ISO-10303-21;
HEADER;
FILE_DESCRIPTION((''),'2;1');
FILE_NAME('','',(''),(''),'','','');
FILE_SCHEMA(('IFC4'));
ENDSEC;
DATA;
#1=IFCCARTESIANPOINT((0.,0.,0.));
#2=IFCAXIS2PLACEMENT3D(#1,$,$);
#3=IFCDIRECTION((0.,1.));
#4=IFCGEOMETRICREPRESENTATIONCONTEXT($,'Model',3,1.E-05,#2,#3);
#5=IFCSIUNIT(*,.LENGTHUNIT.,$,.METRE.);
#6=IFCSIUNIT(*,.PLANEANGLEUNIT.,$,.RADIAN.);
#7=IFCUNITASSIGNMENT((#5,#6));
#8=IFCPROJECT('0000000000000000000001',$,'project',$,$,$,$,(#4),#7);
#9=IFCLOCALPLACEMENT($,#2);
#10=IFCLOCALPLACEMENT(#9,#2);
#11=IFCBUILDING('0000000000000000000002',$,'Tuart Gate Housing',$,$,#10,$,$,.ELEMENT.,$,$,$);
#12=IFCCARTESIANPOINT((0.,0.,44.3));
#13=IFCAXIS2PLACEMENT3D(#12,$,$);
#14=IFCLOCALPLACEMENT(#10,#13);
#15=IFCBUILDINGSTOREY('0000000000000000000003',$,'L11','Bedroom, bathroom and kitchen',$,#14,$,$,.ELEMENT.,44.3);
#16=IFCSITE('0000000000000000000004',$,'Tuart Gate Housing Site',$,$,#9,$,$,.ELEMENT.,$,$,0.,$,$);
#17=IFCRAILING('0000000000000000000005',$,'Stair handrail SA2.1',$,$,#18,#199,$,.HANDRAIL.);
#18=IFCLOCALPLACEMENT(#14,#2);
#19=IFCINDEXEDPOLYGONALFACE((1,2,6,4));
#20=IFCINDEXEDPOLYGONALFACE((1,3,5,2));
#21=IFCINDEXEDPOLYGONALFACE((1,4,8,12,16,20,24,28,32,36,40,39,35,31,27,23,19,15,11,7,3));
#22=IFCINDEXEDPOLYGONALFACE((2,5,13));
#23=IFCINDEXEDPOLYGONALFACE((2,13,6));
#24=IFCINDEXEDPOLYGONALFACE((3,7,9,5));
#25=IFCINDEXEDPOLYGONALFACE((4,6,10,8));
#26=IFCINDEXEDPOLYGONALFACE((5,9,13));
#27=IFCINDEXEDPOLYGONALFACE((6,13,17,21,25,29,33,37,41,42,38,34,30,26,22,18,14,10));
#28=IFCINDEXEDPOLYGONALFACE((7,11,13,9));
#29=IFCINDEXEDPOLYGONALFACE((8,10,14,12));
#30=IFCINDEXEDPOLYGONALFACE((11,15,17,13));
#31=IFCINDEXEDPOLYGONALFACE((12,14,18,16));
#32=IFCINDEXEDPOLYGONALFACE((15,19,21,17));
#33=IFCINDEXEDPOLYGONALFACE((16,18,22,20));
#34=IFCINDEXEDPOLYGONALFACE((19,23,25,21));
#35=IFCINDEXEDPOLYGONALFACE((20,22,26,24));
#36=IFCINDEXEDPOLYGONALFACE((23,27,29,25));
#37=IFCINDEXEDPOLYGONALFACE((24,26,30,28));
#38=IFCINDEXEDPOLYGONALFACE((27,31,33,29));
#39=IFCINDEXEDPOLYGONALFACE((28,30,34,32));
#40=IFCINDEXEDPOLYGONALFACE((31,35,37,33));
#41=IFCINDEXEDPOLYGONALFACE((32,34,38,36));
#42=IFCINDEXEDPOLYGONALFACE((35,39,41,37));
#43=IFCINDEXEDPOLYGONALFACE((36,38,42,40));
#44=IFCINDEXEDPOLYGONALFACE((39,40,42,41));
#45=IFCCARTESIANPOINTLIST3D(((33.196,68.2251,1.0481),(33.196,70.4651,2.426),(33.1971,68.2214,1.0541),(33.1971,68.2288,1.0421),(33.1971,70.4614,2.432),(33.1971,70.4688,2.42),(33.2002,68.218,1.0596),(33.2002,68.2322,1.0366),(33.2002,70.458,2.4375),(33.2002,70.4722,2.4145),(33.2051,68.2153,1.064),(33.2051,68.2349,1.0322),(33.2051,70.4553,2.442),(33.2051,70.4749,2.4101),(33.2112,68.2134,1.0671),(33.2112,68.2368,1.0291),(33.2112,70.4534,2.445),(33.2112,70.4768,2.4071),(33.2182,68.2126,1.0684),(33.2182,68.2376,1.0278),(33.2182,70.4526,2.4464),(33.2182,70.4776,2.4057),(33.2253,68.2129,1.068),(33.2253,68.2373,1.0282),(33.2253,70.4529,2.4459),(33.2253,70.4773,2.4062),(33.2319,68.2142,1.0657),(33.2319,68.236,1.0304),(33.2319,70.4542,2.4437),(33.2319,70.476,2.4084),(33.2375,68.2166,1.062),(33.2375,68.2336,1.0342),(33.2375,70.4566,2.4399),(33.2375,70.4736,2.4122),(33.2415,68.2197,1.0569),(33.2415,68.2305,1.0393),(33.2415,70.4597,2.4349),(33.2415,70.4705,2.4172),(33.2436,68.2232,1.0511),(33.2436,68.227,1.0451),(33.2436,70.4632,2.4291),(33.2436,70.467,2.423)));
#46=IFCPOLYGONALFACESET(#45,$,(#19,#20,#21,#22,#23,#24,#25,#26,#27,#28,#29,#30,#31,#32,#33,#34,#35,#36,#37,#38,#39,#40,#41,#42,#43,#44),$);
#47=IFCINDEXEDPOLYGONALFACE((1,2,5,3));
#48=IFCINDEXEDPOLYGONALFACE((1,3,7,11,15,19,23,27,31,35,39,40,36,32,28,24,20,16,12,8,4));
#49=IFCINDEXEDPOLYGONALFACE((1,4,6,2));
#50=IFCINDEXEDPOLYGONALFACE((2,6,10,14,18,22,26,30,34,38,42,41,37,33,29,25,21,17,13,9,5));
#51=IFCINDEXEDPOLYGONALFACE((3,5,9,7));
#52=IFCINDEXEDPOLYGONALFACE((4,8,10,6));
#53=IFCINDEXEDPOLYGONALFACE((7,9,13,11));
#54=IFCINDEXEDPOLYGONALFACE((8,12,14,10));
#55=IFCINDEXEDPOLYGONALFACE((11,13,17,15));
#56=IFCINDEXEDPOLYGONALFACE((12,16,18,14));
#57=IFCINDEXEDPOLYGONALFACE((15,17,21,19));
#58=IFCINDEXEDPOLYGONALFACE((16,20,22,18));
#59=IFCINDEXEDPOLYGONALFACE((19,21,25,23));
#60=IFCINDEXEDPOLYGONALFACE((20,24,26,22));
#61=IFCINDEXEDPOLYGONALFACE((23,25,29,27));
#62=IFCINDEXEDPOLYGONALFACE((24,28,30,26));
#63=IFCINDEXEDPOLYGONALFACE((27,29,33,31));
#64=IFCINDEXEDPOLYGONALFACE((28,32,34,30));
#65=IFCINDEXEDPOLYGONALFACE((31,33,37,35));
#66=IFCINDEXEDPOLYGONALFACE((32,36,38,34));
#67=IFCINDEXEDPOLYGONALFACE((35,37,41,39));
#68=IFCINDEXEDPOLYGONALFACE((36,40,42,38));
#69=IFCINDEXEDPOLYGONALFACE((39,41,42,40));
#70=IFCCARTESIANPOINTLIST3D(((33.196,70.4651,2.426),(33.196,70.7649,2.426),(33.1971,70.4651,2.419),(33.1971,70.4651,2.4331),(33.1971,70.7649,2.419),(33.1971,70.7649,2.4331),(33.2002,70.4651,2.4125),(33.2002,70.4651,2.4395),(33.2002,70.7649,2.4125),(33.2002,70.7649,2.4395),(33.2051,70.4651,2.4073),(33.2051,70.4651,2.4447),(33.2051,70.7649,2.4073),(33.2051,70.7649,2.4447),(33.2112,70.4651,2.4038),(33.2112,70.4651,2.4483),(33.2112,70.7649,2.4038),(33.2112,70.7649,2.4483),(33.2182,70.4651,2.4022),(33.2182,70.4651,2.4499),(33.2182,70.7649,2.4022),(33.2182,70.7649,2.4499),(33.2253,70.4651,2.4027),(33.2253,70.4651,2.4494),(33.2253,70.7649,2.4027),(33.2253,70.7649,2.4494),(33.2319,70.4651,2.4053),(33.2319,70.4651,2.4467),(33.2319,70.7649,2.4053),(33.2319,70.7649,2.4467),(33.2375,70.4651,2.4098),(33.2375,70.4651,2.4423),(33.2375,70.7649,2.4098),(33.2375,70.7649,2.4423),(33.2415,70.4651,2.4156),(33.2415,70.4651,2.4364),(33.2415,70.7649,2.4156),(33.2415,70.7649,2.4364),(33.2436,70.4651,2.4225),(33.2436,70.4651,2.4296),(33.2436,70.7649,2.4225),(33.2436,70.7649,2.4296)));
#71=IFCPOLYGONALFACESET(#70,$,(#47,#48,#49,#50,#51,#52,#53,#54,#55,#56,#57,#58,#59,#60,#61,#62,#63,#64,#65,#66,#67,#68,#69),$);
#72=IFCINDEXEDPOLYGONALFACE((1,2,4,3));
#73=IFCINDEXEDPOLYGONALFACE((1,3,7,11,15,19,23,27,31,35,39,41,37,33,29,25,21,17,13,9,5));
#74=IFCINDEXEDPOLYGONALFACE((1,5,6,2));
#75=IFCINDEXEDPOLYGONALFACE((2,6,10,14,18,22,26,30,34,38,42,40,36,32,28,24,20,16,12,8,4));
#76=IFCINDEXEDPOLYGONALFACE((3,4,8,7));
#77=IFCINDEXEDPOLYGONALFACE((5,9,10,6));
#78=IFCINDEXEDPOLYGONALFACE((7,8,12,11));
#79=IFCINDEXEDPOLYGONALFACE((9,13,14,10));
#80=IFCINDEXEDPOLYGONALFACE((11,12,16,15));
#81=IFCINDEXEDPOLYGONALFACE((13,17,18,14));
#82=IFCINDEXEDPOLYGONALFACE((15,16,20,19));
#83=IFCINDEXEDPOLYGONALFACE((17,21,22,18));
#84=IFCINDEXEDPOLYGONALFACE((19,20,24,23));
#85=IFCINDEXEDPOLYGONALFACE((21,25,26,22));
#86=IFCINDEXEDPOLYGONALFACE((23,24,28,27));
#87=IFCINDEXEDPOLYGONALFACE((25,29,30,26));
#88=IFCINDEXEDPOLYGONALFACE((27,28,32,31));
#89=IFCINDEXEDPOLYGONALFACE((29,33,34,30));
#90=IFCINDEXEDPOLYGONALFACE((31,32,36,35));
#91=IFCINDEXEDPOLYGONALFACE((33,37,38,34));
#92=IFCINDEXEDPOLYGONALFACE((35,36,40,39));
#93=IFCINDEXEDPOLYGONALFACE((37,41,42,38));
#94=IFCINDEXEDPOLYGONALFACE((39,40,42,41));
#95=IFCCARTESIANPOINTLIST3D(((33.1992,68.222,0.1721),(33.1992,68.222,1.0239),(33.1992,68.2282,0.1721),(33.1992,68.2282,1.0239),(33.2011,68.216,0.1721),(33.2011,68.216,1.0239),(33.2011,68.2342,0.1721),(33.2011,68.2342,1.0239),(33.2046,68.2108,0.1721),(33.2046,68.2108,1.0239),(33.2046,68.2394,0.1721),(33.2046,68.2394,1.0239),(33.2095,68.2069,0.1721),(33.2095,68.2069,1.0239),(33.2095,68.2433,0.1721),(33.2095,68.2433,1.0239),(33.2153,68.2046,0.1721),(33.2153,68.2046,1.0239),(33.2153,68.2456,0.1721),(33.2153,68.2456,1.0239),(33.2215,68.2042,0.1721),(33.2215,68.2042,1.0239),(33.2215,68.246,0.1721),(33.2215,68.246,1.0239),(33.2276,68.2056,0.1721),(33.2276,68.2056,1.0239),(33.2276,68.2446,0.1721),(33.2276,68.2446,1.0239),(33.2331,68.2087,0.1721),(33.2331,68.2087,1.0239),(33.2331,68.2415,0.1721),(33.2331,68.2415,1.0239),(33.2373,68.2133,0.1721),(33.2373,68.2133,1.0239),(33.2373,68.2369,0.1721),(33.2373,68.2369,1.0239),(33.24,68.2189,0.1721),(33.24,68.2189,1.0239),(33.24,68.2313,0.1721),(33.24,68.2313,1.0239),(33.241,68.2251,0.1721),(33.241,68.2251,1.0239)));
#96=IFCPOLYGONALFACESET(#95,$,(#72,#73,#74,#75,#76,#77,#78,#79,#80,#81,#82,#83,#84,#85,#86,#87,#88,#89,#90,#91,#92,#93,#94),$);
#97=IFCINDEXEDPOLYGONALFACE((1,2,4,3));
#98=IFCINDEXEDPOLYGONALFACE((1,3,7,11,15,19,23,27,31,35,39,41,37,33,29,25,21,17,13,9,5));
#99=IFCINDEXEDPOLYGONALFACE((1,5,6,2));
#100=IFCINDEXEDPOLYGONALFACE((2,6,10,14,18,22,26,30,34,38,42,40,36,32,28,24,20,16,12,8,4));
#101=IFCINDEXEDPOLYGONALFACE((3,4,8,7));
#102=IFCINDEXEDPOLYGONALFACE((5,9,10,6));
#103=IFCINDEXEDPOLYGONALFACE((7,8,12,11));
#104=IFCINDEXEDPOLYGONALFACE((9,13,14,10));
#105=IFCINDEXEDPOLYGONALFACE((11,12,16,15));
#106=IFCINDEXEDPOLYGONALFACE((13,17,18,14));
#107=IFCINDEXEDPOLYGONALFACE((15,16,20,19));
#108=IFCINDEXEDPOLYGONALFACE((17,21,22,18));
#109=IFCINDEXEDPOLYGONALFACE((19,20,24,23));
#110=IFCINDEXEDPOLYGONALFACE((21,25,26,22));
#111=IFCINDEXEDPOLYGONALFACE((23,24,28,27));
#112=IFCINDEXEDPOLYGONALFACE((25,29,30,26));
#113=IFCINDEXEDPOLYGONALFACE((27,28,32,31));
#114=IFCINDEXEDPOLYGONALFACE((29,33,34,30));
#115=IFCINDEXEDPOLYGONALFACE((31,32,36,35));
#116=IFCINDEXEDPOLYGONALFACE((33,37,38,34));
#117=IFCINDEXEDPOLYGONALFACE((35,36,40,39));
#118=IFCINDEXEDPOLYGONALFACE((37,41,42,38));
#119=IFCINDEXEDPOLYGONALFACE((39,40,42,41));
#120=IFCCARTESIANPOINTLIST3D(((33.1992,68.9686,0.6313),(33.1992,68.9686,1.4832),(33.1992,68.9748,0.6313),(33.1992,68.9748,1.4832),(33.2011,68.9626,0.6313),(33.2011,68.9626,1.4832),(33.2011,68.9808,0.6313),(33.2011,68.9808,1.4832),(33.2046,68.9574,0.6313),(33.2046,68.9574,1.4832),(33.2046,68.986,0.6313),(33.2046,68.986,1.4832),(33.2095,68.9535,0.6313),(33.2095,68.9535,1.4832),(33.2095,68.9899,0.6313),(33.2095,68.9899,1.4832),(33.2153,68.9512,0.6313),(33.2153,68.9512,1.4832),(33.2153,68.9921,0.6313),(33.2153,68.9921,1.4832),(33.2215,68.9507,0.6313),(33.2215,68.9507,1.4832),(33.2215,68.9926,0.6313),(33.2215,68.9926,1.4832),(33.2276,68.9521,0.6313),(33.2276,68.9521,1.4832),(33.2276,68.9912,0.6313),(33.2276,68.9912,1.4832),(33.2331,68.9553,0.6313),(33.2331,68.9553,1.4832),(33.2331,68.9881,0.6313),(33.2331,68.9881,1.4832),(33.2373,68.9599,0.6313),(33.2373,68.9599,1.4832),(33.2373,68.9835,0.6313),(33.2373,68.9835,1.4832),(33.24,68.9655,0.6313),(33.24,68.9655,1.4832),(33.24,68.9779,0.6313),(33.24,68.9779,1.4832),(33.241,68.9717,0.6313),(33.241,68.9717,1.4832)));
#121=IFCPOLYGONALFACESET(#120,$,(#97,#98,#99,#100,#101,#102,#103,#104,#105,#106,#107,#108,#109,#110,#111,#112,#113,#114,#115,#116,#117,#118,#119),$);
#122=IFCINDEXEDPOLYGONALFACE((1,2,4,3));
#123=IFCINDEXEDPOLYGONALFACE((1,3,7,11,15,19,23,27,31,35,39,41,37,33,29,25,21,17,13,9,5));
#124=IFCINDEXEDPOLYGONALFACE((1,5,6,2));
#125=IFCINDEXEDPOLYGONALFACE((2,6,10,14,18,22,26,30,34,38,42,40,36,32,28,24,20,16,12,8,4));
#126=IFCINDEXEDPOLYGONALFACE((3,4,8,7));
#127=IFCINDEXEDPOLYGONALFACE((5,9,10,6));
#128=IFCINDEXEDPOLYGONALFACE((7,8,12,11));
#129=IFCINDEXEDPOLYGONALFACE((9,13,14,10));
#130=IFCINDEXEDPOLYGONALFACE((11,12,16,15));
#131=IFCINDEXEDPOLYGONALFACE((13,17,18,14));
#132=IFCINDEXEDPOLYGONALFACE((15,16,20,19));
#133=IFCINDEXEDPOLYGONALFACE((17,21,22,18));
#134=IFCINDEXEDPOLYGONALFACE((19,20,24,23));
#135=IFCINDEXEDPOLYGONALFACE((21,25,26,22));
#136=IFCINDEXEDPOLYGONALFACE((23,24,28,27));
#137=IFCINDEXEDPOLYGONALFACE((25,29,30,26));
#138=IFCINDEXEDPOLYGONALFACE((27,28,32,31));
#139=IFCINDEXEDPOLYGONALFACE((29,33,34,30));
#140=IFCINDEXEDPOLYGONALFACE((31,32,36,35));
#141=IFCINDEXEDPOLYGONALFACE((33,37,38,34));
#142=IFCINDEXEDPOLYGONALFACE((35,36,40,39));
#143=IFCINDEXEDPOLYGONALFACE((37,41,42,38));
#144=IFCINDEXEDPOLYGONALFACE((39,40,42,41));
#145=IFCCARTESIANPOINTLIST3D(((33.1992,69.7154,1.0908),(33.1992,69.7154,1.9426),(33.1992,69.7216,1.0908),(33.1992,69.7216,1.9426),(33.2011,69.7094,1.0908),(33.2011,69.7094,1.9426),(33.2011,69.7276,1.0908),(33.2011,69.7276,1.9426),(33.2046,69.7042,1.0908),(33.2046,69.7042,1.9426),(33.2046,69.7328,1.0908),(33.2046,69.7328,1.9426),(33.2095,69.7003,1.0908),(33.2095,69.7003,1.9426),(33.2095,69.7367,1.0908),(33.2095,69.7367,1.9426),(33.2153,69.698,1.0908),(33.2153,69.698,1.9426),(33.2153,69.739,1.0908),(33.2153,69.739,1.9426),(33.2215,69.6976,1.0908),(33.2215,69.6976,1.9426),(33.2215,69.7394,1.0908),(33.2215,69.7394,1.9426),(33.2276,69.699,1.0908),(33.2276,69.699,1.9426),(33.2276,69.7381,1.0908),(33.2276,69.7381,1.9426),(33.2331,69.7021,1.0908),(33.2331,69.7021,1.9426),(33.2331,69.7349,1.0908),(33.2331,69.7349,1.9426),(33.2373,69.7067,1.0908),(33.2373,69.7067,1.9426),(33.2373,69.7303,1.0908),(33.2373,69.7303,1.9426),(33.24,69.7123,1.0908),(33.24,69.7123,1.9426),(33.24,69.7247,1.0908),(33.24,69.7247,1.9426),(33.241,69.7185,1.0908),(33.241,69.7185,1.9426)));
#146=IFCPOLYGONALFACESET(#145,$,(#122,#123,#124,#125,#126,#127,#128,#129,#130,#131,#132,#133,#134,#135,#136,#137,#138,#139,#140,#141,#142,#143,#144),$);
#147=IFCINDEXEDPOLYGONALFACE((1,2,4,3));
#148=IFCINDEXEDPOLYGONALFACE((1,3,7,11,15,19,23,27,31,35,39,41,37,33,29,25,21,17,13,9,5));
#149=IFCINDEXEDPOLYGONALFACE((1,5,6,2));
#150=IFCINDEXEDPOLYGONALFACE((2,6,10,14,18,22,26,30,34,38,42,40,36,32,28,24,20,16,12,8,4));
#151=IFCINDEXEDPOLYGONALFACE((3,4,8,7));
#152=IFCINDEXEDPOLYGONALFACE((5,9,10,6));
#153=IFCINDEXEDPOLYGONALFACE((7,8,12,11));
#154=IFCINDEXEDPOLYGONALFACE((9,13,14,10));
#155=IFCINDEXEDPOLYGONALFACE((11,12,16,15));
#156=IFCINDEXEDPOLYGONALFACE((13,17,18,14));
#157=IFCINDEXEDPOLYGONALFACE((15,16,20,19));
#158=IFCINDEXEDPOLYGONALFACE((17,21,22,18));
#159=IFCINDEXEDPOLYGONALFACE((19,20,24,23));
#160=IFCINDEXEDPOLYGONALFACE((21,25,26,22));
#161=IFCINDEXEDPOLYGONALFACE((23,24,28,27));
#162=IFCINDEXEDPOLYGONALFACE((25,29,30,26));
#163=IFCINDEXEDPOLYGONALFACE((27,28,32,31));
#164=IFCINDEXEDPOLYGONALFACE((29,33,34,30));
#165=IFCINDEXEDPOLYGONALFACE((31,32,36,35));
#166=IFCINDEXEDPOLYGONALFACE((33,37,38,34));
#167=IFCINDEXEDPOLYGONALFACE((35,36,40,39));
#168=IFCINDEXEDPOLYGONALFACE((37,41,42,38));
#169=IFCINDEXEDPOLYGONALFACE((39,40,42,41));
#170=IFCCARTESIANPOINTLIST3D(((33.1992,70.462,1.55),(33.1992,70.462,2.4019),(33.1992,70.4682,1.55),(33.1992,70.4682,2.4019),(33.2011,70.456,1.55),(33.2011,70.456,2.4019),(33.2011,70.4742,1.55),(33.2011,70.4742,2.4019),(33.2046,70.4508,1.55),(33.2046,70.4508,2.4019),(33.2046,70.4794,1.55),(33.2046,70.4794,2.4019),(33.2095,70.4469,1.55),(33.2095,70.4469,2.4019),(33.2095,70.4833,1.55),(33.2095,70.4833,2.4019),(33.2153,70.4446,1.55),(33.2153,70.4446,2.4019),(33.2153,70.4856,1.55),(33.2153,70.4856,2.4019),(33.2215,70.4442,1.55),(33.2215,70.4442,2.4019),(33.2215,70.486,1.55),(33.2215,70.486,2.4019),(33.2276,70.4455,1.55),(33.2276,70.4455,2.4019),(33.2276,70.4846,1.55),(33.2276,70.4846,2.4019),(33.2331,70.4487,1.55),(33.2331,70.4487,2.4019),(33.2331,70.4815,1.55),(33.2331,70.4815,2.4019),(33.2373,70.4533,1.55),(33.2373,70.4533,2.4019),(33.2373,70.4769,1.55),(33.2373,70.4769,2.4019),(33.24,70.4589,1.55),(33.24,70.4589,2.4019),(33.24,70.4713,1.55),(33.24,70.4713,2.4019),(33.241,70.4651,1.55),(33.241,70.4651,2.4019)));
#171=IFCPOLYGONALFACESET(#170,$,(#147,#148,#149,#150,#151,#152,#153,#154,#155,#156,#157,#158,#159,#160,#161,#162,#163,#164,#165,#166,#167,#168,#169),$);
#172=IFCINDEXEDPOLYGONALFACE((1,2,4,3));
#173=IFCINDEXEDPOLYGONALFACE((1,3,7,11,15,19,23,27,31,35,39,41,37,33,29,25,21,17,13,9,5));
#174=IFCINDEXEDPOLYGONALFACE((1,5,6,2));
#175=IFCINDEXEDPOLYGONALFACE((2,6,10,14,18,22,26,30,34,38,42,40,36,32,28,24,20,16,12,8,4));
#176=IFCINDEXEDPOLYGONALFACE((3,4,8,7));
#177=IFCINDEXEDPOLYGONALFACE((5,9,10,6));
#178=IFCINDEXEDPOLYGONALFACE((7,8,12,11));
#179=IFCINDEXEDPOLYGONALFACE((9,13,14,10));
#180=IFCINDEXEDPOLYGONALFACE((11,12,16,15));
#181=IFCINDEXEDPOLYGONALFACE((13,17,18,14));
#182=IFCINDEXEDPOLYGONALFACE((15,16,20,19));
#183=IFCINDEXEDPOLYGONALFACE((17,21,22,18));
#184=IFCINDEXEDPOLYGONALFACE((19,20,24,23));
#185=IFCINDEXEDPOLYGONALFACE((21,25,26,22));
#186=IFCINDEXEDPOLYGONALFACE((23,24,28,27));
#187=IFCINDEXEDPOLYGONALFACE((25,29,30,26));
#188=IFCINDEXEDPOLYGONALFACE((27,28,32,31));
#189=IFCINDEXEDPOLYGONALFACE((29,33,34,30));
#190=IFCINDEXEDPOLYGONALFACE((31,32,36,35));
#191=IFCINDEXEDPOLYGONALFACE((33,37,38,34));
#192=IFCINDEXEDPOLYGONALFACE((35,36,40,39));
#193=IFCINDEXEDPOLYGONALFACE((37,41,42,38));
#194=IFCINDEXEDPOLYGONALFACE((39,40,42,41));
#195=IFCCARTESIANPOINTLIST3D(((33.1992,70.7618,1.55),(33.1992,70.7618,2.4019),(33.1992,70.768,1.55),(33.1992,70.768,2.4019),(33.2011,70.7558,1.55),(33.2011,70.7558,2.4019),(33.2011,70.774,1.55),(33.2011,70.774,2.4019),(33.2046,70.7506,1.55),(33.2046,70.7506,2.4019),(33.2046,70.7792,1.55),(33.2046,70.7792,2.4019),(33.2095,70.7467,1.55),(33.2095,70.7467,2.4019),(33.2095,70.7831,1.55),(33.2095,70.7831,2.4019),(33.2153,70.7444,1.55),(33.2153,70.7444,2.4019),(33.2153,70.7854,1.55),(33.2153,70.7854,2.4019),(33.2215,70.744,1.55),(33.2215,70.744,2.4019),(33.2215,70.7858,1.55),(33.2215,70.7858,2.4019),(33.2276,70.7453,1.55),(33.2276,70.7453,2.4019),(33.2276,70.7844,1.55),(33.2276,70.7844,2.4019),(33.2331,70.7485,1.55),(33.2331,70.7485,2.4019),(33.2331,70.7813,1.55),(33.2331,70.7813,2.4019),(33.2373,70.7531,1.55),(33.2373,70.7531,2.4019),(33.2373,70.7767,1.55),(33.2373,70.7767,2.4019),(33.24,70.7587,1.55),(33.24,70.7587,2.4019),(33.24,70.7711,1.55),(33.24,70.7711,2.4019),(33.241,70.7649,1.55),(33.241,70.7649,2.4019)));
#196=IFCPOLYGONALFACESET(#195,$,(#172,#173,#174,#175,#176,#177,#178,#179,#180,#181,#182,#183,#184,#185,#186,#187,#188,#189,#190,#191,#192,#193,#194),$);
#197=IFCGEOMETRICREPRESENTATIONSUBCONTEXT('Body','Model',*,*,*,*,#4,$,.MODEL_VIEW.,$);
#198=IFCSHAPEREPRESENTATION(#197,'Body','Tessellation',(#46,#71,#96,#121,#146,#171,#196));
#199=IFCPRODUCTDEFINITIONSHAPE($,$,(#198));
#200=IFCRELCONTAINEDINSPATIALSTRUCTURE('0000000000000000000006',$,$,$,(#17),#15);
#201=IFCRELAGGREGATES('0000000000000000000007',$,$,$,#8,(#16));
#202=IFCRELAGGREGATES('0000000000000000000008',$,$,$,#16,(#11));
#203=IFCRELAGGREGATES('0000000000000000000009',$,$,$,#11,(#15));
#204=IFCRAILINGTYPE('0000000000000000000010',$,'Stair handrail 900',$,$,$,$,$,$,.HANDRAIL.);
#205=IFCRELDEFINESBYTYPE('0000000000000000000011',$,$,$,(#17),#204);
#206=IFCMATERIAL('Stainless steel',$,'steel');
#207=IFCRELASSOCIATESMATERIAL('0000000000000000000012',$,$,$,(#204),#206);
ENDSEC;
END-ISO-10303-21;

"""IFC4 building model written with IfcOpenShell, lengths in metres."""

from ifc_helpers import new_model, si_unit, direction, frame, origin, origin_2d, place, context, subcontext, project, spatial, circle, extrude, material, type_object, element, save


model = new_model("IFC4")

# Units and contexts
model_context = context("Model", 3, precision=1e-05, world=origin(), true_north=direction((0.0, 1.0)))
body_context = subcontext(model_context, "Body", "Model", "MODEL_VIEW")
ifc_project = project(units=[si_unit("LENGTHUNIT", "METRE"), si_unit("PLANEANGLEUNIT", "RADIAN")], contexts=[model_context])

# Site, building, storey
site_placement = place(None, origin())
site = spatial("IfcSite", under=ifc_project, at=site_placement, Name="Tuart Gate Housing Site", CompositionType="ELEMENT", RefElevation=0.0)
building_placement = place(site_placement, origin())
building = spatial("IfcBuilding", under=site, at=building_placement, Name="Tuart Gate Housing", CompositionType="ELEMENT")
storey_placement = place(building_placement, frame((0.0, 0.0, 44.3)))
storey = spatial("IfcBuildingStorey", under=building, at=storey_placement, Name="L11", Description="Bedroom, bathroom and kitchen", CompositionType="ELEMENT", Elevation=44.3)

# Railing
ifc_material_1 = material(Name="Stainless steel", Category="steel")
railing_type = type_object("IfcRailingType", Name="Stair handrail 900", PredefinedType="HANDRAIL", material=ifc_material_1)
railing_placement = place(storey_placement, frame((33.22, 68.2251, 0.1721)))
element("IfcRailing", 1, at=railing_placement, inside=storey, type_object=railing_type, Name="Stair handrail SA2.1", PredefinedType="HANDRAIL", context=body_context, shape_type="SweptSolid", body=[
    extrude(circle(Radius=0.0239, at=origin_2d()), frame((0.0, 0.0, 0.876), z_axis=(0.0, 0.851748, 0.523952), x_axis=(-1.0, 0.0, 0.0)), (0.0, 0.0, 1.0), 2.6299),
    extrude(circle(Radius=0.0239, at=origin_2d()), frame((0.0, 2.24, 2.2539), z_axis=(0.0, 1.0, 0.0), x_axis=(-1.0, 0.0, 0.0)), (0.0, 0.0, 1.0), 0.2998),
    extrude(circle(Radius=0.021, at=origin_2d()), origin(), (0.0, 0.0, 1.0), 0.8518),
    extrude(circle(Radius=0.021, at=origin_2d()), frame((0.0, 0.7466, 0.4592)), (0.0, 0.0, 1.0), 0.8518),
    extrude(circle(Radius=0.021, at=origin_2d()), frame((0.0, 1.4934, 0.9187)), (0.0, 0.0, 1.0), 0.8518),
    extrude(circle(Radius=0.021, at=origin_2d()), frame((0.0, 2.24, 1.3779)), (0.0, 0.0, 1.0), 0.8518),
    extrude(circle(Radius=0.021, at=origin_2d()), frame((0.0, 2.5398, 1.3779)), (0.0, 0.0, 1.0), 0.8518),
])

save(model, "model.ifc")
